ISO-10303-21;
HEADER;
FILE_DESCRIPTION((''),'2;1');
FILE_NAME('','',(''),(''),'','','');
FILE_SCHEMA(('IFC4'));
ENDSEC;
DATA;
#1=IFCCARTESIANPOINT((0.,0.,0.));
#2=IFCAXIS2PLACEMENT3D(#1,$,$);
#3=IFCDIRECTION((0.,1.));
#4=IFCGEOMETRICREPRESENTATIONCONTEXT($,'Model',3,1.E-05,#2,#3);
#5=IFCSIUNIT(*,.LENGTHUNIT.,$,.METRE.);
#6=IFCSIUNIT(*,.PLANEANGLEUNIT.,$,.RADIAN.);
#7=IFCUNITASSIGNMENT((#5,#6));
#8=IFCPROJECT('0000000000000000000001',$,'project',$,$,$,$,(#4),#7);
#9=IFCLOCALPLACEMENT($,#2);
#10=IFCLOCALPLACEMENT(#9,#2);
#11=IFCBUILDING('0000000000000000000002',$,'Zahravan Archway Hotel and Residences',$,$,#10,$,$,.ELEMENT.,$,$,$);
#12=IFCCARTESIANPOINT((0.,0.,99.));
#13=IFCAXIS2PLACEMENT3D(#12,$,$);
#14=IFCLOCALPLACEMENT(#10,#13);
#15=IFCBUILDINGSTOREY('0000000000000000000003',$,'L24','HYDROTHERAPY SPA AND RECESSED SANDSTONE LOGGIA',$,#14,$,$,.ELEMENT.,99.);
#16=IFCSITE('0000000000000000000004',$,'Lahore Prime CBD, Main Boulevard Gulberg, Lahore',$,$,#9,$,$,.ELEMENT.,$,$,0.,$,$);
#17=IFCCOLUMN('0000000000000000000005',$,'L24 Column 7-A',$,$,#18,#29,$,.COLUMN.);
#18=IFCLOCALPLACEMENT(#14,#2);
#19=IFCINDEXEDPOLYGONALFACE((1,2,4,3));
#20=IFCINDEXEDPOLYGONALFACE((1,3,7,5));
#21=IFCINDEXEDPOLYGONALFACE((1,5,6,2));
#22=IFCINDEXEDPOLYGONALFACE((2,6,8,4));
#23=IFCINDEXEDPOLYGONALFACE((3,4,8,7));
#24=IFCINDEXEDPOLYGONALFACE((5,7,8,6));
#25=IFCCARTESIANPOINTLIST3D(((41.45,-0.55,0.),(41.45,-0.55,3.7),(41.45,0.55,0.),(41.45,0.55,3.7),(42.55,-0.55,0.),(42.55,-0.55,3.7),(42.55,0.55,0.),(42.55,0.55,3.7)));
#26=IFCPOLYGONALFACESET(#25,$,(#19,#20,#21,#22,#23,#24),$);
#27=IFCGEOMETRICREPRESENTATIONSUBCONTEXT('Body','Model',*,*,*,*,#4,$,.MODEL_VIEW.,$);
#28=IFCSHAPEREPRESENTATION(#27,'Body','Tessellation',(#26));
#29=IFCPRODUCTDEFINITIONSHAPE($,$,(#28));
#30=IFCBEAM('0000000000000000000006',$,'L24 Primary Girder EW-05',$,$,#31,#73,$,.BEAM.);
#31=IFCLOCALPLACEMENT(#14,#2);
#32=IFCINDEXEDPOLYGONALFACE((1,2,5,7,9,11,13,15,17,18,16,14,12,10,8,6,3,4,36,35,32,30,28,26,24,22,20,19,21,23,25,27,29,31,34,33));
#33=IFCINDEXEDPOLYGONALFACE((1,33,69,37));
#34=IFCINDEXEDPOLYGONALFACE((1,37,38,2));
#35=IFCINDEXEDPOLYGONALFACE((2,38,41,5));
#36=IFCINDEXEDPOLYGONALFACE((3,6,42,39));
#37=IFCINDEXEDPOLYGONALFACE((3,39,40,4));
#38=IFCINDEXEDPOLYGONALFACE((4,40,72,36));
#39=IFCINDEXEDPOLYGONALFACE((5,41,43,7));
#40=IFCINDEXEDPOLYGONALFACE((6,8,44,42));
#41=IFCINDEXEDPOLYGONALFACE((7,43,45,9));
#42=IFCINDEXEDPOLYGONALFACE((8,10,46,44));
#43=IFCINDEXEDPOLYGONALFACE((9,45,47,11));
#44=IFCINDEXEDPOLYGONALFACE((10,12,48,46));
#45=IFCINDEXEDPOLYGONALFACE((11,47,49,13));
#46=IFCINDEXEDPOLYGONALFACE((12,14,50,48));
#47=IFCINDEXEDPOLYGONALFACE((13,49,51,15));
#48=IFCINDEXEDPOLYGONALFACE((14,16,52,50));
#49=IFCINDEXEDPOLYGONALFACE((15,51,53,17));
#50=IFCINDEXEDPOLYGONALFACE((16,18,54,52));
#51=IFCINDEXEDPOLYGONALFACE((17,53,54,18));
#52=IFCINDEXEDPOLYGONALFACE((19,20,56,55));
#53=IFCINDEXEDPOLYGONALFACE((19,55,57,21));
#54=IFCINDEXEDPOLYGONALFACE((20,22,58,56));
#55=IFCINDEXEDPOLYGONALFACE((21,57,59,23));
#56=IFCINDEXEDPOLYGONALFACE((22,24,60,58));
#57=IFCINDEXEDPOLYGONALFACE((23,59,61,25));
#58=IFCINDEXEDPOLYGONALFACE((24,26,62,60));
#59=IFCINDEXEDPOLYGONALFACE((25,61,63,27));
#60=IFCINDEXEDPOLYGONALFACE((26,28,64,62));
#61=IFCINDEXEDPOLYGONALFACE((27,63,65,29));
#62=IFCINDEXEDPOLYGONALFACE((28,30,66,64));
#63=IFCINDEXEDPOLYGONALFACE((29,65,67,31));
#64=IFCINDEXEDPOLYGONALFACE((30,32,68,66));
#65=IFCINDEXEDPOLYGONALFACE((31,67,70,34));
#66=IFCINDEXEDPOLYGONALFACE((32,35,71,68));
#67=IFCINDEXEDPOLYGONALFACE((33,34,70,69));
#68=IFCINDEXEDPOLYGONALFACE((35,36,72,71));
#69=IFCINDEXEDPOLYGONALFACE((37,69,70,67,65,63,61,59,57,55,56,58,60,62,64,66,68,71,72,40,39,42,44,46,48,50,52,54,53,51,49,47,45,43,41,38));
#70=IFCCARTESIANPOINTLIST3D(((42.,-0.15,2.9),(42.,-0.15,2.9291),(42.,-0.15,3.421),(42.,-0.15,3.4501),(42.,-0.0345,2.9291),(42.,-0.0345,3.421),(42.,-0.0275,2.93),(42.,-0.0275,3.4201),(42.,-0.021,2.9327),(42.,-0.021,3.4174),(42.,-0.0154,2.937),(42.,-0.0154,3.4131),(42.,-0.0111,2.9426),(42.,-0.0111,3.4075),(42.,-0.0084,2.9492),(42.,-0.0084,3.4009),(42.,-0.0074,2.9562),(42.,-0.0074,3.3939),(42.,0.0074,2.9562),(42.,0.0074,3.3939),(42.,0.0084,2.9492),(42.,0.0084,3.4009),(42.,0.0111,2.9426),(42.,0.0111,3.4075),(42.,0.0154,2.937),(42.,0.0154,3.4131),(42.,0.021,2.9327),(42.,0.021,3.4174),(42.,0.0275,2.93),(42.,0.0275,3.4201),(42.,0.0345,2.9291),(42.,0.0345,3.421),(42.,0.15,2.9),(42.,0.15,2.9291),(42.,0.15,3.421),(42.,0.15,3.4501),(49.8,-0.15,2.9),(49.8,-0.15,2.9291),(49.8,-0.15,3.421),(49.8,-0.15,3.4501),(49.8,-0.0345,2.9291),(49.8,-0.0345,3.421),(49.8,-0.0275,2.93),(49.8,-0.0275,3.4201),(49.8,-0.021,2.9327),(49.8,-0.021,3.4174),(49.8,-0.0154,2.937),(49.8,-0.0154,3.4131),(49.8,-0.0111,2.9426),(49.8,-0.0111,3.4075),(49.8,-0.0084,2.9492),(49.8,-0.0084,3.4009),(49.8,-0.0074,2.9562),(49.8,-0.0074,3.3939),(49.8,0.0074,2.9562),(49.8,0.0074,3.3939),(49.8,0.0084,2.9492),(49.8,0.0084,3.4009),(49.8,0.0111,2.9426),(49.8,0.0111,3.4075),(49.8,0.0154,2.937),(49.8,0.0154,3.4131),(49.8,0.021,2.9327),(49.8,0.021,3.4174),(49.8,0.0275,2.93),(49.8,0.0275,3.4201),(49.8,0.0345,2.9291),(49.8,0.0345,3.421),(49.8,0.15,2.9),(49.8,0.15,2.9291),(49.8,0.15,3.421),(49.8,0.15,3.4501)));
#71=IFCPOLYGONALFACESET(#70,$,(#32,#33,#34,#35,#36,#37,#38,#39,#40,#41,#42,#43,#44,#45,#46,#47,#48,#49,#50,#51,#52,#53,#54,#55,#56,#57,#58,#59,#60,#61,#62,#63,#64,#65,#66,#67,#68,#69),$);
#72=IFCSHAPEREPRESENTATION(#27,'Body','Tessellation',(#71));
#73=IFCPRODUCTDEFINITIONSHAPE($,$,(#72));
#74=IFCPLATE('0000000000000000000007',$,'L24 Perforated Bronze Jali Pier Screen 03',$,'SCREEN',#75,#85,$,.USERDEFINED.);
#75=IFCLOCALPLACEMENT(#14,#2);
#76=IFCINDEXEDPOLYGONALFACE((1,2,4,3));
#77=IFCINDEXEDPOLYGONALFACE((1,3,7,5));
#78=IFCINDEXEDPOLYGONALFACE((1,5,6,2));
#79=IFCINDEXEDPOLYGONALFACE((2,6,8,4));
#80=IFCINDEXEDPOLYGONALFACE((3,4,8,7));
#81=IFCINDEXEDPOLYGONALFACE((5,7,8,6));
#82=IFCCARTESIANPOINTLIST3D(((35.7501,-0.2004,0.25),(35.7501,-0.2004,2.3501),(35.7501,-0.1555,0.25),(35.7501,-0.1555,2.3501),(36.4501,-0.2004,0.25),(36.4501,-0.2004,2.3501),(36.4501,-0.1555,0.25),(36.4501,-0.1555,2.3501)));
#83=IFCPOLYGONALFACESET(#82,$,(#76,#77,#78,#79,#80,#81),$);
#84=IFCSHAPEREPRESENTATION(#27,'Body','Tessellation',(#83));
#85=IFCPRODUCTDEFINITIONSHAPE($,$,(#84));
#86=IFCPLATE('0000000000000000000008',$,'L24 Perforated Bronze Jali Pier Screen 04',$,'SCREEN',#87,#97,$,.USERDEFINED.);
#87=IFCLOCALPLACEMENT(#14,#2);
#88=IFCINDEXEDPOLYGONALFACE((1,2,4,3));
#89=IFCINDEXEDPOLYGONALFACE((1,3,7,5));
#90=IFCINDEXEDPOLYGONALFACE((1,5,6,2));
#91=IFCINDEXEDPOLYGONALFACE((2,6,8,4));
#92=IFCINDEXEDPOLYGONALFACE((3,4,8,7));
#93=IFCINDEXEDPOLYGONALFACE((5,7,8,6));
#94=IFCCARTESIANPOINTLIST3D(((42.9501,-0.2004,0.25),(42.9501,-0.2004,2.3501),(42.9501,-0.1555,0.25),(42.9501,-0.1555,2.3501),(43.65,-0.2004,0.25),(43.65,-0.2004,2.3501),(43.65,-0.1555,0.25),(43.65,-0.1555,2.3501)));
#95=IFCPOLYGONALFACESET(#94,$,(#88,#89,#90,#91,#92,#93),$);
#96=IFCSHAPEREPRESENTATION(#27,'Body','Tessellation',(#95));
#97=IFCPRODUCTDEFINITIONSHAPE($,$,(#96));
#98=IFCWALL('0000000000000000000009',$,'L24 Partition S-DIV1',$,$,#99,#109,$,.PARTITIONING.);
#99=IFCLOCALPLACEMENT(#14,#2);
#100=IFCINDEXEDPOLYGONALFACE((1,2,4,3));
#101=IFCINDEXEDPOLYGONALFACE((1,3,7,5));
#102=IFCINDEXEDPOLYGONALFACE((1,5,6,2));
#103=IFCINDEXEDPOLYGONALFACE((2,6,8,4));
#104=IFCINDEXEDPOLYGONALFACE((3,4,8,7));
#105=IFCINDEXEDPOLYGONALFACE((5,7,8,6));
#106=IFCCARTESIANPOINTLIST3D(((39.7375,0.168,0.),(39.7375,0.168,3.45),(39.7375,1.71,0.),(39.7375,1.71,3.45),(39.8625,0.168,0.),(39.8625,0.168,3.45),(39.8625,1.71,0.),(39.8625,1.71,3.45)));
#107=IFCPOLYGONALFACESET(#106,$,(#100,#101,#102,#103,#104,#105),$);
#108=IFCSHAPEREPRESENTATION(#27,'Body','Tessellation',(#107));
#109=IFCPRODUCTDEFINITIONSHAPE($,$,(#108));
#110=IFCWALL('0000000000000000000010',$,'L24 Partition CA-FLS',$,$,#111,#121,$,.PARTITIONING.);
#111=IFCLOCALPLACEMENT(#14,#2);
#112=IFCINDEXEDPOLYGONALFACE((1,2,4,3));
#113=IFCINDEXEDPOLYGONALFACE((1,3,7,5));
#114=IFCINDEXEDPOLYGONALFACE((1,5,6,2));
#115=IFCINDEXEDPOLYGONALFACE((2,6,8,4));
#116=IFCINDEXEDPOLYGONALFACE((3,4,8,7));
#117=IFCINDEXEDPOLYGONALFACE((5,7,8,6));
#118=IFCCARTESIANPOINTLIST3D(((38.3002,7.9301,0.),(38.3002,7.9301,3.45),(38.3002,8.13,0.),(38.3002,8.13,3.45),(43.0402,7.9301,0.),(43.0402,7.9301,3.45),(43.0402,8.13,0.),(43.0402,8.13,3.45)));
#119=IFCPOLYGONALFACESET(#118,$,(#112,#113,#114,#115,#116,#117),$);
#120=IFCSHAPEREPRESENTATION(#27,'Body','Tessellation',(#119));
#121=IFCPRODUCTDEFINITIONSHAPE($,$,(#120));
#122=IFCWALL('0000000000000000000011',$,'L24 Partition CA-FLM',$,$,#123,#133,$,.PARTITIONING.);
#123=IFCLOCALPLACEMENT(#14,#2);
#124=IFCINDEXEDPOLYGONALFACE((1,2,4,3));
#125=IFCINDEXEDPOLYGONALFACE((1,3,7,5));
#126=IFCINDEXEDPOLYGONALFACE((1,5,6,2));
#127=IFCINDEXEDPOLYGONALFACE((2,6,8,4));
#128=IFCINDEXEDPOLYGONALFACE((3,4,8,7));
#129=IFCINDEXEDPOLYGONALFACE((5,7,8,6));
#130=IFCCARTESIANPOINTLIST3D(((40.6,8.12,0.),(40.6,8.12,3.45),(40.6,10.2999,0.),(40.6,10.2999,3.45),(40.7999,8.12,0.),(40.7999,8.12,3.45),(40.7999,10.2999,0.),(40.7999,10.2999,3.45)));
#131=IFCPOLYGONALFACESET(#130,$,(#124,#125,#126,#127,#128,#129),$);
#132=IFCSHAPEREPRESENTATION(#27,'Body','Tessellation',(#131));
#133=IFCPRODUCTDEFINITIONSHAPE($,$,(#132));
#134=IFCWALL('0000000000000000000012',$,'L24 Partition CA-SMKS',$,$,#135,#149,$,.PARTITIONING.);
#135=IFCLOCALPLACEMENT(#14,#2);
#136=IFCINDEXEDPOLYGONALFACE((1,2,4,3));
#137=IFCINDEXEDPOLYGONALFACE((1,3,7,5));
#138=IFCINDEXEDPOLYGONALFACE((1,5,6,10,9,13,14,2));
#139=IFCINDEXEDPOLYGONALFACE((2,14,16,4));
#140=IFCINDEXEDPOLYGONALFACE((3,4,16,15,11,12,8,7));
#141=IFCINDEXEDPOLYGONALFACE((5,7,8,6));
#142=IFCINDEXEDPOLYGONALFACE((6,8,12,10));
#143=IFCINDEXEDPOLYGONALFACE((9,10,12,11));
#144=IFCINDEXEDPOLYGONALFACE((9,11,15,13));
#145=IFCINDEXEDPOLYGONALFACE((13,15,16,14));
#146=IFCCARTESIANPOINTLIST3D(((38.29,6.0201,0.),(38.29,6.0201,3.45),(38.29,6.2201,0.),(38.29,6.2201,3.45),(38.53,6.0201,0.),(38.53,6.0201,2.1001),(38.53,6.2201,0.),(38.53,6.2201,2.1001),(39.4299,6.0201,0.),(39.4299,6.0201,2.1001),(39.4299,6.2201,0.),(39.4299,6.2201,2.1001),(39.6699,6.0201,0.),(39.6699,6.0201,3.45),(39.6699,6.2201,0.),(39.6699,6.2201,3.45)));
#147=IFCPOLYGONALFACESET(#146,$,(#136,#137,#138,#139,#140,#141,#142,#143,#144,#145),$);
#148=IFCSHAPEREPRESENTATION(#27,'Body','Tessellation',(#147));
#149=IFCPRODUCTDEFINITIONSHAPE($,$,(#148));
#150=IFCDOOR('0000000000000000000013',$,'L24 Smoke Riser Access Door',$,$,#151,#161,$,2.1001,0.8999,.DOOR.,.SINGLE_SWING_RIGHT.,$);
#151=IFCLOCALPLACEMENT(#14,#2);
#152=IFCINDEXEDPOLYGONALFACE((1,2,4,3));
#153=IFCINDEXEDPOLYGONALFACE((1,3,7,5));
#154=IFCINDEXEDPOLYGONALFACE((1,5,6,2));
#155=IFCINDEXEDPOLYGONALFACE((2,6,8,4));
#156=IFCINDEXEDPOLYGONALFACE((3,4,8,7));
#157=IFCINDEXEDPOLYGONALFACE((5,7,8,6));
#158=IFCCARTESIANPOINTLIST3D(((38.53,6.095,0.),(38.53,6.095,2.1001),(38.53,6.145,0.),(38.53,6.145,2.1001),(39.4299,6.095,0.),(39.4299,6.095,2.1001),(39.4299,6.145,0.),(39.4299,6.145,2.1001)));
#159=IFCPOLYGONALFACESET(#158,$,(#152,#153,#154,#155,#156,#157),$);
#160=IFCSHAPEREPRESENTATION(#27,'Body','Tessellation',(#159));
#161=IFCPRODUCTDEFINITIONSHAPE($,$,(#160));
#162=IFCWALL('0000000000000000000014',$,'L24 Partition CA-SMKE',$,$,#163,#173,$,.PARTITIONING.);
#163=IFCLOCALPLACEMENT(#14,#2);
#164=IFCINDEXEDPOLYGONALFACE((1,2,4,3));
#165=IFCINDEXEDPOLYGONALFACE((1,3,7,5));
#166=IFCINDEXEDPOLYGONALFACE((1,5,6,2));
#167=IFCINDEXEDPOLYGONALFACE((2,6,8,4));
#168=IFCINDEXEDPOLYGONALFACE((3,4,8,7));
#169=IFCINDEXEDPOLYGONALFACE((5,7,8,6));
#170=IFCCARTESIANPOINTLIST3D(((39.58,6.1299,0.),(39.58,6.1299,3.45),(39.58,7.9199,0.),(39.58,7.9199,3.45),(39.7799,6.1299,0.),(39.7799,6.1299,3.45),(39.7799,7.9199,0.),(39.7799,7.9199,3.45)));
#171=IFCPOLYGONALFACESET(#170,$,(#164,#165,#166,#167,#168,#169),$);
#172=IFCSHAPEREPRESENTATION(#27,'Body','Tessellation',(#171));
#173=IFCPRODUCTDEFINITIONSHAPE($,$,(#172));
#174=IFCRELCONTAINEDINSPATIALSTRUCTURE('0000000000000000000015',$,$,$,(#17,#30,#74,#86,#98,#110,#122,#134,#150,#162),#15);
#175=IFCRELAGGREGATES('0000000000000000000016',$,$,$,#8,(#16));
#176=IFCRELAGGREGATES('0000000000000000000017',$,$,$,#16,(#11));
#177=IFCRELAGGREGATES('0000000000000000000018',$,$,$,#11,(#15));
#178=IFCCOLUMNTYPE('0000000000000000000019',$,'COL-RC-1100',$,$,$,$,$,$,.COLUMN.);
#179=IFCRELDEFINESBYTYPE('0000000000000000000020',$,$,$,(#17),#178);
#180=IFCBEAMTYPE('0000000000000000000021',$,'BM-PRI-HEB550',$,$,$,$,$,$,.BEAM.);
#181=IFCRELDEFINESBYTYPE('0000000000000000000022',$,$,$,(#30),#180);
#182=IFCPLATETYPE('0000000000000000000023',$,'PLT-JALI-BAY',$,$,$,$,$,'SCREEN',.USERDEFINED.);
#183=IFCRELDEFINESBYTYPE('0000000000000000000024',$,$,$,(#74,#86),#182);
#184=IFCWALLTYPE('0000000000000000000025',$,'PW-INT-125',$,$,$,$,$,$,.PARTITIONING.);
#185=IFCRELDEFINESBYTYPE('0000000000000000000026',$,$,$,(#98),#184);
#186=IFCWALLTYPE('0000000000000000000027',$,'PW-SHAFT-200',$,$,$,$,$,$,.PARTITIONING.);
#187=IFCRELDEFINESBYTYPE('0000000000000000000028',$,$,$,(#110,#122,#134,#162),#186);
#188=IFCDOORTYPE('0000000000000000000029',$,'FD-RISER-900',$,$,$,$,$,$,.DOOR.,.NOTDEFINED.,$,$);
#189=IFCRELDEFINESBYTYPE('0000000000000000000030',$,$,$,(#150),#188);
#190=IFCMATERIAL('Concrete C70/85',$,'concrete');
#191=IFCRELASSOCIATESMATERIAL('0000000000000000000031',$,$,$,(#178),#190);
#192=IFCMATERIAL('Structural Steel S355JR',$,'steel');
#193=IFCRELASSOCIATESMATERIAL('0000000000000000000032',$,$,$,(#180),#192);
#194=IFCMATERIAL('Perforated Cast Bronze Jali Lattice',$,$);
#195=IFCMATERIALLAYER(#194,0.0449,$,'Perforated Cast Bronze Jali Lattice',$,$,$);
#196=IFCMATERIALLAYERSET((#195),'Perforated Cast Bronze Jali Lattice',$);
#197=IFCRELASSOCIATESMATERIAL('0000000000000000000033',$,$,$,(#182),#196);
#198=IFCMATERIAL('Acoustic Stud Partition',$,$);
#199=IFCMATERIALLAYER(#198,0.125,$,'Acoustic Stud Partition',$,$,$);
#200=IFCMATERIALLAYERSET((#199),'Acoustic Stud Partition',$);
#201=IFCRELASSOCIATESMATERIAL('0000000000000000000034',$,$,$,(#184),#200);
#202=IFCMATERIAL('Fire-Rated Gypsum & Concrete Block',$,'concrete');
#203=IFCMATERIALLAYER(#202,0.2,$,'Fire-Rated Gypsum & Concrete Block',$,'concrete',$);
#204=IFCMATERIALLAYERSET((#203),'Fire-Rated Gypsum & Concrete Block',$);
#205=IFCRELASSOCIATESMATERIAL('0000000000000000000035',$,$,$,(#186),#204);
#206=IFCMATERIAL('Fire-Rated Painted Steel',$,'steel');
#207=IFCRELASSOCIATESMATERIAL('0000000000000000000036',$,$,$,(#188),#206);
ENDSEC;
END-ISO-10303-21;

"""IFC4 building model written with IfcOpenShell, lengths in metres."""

from ifc_helpers import new_model, si_unit, direction, frame, frame_2d, origin, origin_2d, place, context, subcontext, project, spatial, rectangle, i_section, extrude, source, transform, mapped, material, layer, layer_set, material_profile, profile_set, type_object, type_shapes, element, fill, save


model = new_model("IFC4")

# Units and contexts
model_context = context("Model", 3, precision=1e-05, world=origin(), true_north=direction((0.0, 1.0)))
body_context = subcontext(model_context, "Body", "Model", "MODEL_VIEW")
ifc_project = project(units=[si_unit("LENGTHUNIT", "METRE"), si_unit("PLANEANGLEUNIT", "RADIAN")], contexts=[model_context])

# Site, building, storey
site_placement = place(None, origin())
site = spatial("IfcSite", under=ifc_project, at=site_placement, Name="Lahore Prime CBD, Main Boulevard Gulberg, Lahore", CompositionType="ELEMENT", RefElevation=0.0)
building_placement = place(site_placement, origin())
building = spatial("IfcBuilding", under=site, at=building_placement, Name="Zahravan Archway Hotel and Residences", CompositionType="ELEMENT")
storey_placement = place(building_placement, frame((0.0, 0.0, 99.0)))
storey = spatial("IfcBuildingStorey", under=building, at=storey_placement, Name="L24", Description="HYDROTHERAPY SPA AND RECESSED SANDSTONE LOGGIA", CompositionType="ELEMENT", Elevation=99.0)

# Column
ifc_material_1 = material(Name="Concrete C70/85", Category="concrete")
ifc_material_profile_1 = material_profile(ifc_material_1, rectangle(XDim=1.1001, YDim=1.1001, at=origin_2d()), Name="RC 1100x1100", Category="concrete")
ifc_profile_set_1 = profile_set([ifc_material_profile_1], Name="Concrete C70/85")
column_type = type_object("IfcColumnType", Name="COL-RC-1100", PredefinedType="COLUMN", material=ifc_profile_set_1)
shared_shape_1 = source(origin(), body_context, "Body", "SweptSolid", [
    extrude(rectangle(XDim=1.1001, YDim=1.1001, at=origin_2d()), origin(), (0.0, 0.0, 1.0), 3.7),
])
column_placement = place(storey_placement, frame((42.0, 0.0, 0.0), z_axis=(0.0, 0.0, 1.0), x_axis=(1.0, 0.0, 0.0)))
element("IfcColumn", 1, at=column_placement, inside=storey, type_object=column_type, Name="L24 Column 7-A", PredefinedType="COLUMN", context=body_context, shape_type="MappedRepresentation", body=[
    mapped(shared_shape_1, transform((0.0, 0.0, 0.0), scale=1.0)),
])

# Beam
ifc_material_2 = material(Name="Structural Steel S355JR", Category="steel")
ifc_material_profile_2 = material_profile(ifc_material_2, i_section(OverallWidth=0.3, OverallDepth=0.55, WebThickness=0.0149, FlangeThickness=0.0291, FilletRadius=0.0271, at=origin_2d()), Name="HEB 550", Category="steel")
ifc_profile_set_2 = profile_set([ifc_material_profile_2], Name="Structural Steel S355JR")
beam_type = type_object("IfcBeamType", Name="BM-PRI-HEB550", PredefinedType="BEAM", material=ifc_profile_set_2)
shared_shape_2 = source(origin(), body_context, "Body", "SweptSolid", [
    extrude(i_section(OverallWidth=0.3, OverallDepth=0.55, WebThickness=0.0149, FlangeThickness=0.0291, FilletRadius=0.0271, at=origin_2d()), origin(), (0.0, 0.0, 1.0), 7.8),
])
beam_placement = place(storey_placement, frame((42.0, 0.0, 3.175), z_axis=(1.0, 0.0, 0.0), x_axis=(0.0, 1.0, 0.0)))
element("IfcBeam", 2, at=beam_placement, inside=storey, type_object=beam_type, Name="L24 Primary Girder EW-05", PredefinedType="BEAM", context=body_context, shape_type="MappedRepresentation", body=[
    mapped(shared_shape_2, transform((0.0, 0.0, 0.0), scale=1.0)),
])

# Plates
ifc_material_3 = material(Name="Perforated Cast Bronze Jali Lattice")
ifc_layer_1 = layer(ifc_material_3, 0.0449, Name="Perforated Cast Bronze Jali Lattice")
ifc_layer_set_1 = layer_set([ifc_layer_1], Name="Perforated Cast Bronze Jali Lattice")
plate_type = type_object("IfcPlateType", Name="PLT-JALI-BAY", ElementType="SCREEN", PredefinedType="USERDEFINED", material=ifc_layer_set_1)
shared_shape_3 = source(origin(), body_context, "Body", "SweptSolid", [
    extrude(rectangle(XDim=0.7, YDim=0.0449, at=origin_2d()), origin(), (0.0, 0.0, 1.0), 2.1001),
])
type_shapes(plate_type, [shared_shape_3])
for number, where, z_axis, x_axis, name in (
    (3, (36.1001, -0.178, 0.25), (0.0, 0.0, 1.0), (1.0, 0.0, 0.0), "L24 Perforated Bronze Jali Pier Screen 03"),
    (4, (43.3, -0.178, 0.25), (0.0, 0.0, 1.0), (1.0, 0.0, 0.0), "L24 Perforated Bronze Jali Pier Screen 04"),
):
    element("IfcPlate", number, at=place(storey_placement, frame(where, z_axis=z_axis, x_axis=x_axis)), inside=storey, type_object=plate_type, Name=name, ObjectType="SCREEN", PredefinedType="USERDEFINED", context=body_context, shape_type="MappedRepresentation", body=[
        mapped(shared_shape_3, transform((0.0, 0.0, 0.0), scale=1.0)),
    ])

# Walls
ifc_material_4 = material(Name="Acoustic Stud Partition")
ifc_layer_2 = layer(ifc_material_4, 0.125, Name="Acoustic Stud Partition")
ifc_layer_set_2 = layer_set([ifc_layer_2], Name="Acoustic Stud Partition")
wall_type_1 = type_object("IfcWallType", Name="PW-INT-125", PredefinedType="PARTITIONING", material=ifc_layer_set_2)
wall_1_placement = place(storey_placement, frame((39.8, 0.168, 0.0), z_axis=(0.0, 0.0, 1.0), x_axis=(0.0, 1.0, 0.0)))
element("IfcWall", 5, at=wall_1_placement, inside=storey, type_object=wall_type_1, Name="L24 Partition S-DIV1", PredefinedType="PARTITIONING", context=body_context, shape_type="SweptSolid", body=[
    extrude(rectangle(XDim=1.542, YDim=0.125, at=frame_2d((0.771, 0.0))), origin(), (0.0, 0.0, 1.0), 3.45),
])
ifc_material_5 = material(Name="Fire-Rated Gypsum & Concrete Block", Category="concrete")
ifc_layer_3 = layer(ifc_material_5, 0.2, Name="Fire-Rated Gypsum & Concrete Block", Category="concrete")
ifc_layer_set_3 = layer_set([ifc_layer_3], Name="Fire-Rated Gypsum & Concrete Block")
wall_type_2 = type_object("IfcWallType", Name="PW-SHAFT-200", PredefinedType="PARTITIONING", material=ifc_layer_set_3)
wall_2_placement = place(storey_placement, frame((38.3, 8.03, 0.0), z_axis=(0.0, 0.0, 1.0), x_axis=(1.0, 0.0, 0.0)))
element("IfcWall", 6, at=wall_2_placement, inside=storey, type_object=wall_type_2, Name="L24 Partition CA-FLS", PredefinedType="PARTITIONING", context=body_context, shape_type="SweptSolid", body=[
    extrude(rectangle(XDim=4.74, YDim=0.2, at=frame_2d((2.3701, 0.0))), origin(), (0.0, 0.0, 1.0), 3.45),
])
wall_3_placement = place(storey_placement, frame((40.7, 8.1201, 0.0), z_axis=(0.0, 0.0, 1.0), x_axis=(0.0, 1.0, 0.0)))
element("IfcWall", 7, at=wall_3_placement, inside=storey, type_object=wall_type_2, Name="L24 Partition CA-FLM", PredefinedType="PARTITIONING", context=body_context, shape_type="SweptSolid", body=[
    extrude(rectangle(XDim=2.1799, YDim=0.2, at=frame_2d((1.0898, 0.0))), origin(), (0.0, 0.0, 1.0), 3.45),
])

# Wall, opening, door
wall_4_placement = place(storey_placement, frame((38.29, 6.1201, 0.0), z_axis=(0.0, 0.0, 1.0), x_axis=(1.0, 0.0, 0.0)))
wall_4 = element("IfcWall", 8, at=wall_4_placement, inside=storey, type_object=wall_type_2, Name="L24 Partition CA-SMKS", PredefinedType="PARTITIONING", context=body_context, shape_type="SweptSolid", body=[
    extrude(rectangle(XDim=1.3799, YDim=0.2, at=frame_2d((0.6899, 0.0))), origin(), (0.0, 0.0, 1.0), 3.45),
])
opening_1_placement = place(wall_4_placement, frame((0.24, 0.0, 0.0)))
opening_1 = element("IfcOpeningElement", 9, at=opening_1_placement, cuts=wall_4, PredefinedType="OPENING", context=body_context, shape_type="SweptSolid", body=[
    extrude(rectangle(XDim=0.8999, YDim=2.1001, at=frame_2d((0.45, 1.05))), frame((0.0, 0.1099, 0.0), z_axis=(0.0, -1.0, 0.0), x_axis=(1.0, 0.0, 0.0)), (0.0, 0.0, 1.0), 0.22),
])
ifc_material_6 = material(Name="Fire-Rated Painted Steel", Category="steel")
door_type = type_object("IfcDoorType", Name="FD-RISER-900", OperationType="NOTDEFINED", PredefinedType="DOOR", material=ifc_material_6)
shared_shape_4 = source(origin(), body_context, "Body", "SweptSolid", [
    extrude(rectangle(XDim=0.8999, YDim=2.1001, at=frame_2d((0.45, 1.05))), frame((0.0, 0.0249, 0.0), z_axis=(0.0, -1.0, 0.0), x_axis=(1.0, 0.0, 0.0)), (0.0, 0.0, 1.0), 0.05),
])
type_shapes(door_type, [shared_shape_4])
door_1_placement = place(opening_1_placement, origin())
door_1 = element("IfcDoor", 10, at=door_1_placement, inside=storey, type_object=door_type, Name="L24 Smoke Riser Access Door", OperationType="SINGLE_SWING_RIGHT", OverallHeight=2.1001, OverallWidth=0.8999, PredefinedType="DOOR", context=body_context, shape_type="MappedRepresentation", body=[
    mapped(shared_shape_4, transform((0.0, 0.0, 0.0), scale=1.0)),
])
fill(opening_1, door_1)

# Wall
wall_5_placement = place(storey_placement, frame((39.6799, 6.1299, 0.0), z_axis=(0.0, 0.0, 1.0), x_axis=(0.0, 1.0, 0.0)))
element("IfcWall", 11, at=wall_5_placement, inside=storey, type_object=wall_type_2, Name="L24 Partition CA-SMKE", PredefinedType="PARTITIONING", context=body_context, shape_type="SweptSolid", body=[
    extrude(rectangle(XDim=1.79, YDim=0.2, at=frame_2d((0.895, 0.0))), origin(), (0.0, 0.0, 1.0), 3.45),
])

save(model, "model.ifc")
